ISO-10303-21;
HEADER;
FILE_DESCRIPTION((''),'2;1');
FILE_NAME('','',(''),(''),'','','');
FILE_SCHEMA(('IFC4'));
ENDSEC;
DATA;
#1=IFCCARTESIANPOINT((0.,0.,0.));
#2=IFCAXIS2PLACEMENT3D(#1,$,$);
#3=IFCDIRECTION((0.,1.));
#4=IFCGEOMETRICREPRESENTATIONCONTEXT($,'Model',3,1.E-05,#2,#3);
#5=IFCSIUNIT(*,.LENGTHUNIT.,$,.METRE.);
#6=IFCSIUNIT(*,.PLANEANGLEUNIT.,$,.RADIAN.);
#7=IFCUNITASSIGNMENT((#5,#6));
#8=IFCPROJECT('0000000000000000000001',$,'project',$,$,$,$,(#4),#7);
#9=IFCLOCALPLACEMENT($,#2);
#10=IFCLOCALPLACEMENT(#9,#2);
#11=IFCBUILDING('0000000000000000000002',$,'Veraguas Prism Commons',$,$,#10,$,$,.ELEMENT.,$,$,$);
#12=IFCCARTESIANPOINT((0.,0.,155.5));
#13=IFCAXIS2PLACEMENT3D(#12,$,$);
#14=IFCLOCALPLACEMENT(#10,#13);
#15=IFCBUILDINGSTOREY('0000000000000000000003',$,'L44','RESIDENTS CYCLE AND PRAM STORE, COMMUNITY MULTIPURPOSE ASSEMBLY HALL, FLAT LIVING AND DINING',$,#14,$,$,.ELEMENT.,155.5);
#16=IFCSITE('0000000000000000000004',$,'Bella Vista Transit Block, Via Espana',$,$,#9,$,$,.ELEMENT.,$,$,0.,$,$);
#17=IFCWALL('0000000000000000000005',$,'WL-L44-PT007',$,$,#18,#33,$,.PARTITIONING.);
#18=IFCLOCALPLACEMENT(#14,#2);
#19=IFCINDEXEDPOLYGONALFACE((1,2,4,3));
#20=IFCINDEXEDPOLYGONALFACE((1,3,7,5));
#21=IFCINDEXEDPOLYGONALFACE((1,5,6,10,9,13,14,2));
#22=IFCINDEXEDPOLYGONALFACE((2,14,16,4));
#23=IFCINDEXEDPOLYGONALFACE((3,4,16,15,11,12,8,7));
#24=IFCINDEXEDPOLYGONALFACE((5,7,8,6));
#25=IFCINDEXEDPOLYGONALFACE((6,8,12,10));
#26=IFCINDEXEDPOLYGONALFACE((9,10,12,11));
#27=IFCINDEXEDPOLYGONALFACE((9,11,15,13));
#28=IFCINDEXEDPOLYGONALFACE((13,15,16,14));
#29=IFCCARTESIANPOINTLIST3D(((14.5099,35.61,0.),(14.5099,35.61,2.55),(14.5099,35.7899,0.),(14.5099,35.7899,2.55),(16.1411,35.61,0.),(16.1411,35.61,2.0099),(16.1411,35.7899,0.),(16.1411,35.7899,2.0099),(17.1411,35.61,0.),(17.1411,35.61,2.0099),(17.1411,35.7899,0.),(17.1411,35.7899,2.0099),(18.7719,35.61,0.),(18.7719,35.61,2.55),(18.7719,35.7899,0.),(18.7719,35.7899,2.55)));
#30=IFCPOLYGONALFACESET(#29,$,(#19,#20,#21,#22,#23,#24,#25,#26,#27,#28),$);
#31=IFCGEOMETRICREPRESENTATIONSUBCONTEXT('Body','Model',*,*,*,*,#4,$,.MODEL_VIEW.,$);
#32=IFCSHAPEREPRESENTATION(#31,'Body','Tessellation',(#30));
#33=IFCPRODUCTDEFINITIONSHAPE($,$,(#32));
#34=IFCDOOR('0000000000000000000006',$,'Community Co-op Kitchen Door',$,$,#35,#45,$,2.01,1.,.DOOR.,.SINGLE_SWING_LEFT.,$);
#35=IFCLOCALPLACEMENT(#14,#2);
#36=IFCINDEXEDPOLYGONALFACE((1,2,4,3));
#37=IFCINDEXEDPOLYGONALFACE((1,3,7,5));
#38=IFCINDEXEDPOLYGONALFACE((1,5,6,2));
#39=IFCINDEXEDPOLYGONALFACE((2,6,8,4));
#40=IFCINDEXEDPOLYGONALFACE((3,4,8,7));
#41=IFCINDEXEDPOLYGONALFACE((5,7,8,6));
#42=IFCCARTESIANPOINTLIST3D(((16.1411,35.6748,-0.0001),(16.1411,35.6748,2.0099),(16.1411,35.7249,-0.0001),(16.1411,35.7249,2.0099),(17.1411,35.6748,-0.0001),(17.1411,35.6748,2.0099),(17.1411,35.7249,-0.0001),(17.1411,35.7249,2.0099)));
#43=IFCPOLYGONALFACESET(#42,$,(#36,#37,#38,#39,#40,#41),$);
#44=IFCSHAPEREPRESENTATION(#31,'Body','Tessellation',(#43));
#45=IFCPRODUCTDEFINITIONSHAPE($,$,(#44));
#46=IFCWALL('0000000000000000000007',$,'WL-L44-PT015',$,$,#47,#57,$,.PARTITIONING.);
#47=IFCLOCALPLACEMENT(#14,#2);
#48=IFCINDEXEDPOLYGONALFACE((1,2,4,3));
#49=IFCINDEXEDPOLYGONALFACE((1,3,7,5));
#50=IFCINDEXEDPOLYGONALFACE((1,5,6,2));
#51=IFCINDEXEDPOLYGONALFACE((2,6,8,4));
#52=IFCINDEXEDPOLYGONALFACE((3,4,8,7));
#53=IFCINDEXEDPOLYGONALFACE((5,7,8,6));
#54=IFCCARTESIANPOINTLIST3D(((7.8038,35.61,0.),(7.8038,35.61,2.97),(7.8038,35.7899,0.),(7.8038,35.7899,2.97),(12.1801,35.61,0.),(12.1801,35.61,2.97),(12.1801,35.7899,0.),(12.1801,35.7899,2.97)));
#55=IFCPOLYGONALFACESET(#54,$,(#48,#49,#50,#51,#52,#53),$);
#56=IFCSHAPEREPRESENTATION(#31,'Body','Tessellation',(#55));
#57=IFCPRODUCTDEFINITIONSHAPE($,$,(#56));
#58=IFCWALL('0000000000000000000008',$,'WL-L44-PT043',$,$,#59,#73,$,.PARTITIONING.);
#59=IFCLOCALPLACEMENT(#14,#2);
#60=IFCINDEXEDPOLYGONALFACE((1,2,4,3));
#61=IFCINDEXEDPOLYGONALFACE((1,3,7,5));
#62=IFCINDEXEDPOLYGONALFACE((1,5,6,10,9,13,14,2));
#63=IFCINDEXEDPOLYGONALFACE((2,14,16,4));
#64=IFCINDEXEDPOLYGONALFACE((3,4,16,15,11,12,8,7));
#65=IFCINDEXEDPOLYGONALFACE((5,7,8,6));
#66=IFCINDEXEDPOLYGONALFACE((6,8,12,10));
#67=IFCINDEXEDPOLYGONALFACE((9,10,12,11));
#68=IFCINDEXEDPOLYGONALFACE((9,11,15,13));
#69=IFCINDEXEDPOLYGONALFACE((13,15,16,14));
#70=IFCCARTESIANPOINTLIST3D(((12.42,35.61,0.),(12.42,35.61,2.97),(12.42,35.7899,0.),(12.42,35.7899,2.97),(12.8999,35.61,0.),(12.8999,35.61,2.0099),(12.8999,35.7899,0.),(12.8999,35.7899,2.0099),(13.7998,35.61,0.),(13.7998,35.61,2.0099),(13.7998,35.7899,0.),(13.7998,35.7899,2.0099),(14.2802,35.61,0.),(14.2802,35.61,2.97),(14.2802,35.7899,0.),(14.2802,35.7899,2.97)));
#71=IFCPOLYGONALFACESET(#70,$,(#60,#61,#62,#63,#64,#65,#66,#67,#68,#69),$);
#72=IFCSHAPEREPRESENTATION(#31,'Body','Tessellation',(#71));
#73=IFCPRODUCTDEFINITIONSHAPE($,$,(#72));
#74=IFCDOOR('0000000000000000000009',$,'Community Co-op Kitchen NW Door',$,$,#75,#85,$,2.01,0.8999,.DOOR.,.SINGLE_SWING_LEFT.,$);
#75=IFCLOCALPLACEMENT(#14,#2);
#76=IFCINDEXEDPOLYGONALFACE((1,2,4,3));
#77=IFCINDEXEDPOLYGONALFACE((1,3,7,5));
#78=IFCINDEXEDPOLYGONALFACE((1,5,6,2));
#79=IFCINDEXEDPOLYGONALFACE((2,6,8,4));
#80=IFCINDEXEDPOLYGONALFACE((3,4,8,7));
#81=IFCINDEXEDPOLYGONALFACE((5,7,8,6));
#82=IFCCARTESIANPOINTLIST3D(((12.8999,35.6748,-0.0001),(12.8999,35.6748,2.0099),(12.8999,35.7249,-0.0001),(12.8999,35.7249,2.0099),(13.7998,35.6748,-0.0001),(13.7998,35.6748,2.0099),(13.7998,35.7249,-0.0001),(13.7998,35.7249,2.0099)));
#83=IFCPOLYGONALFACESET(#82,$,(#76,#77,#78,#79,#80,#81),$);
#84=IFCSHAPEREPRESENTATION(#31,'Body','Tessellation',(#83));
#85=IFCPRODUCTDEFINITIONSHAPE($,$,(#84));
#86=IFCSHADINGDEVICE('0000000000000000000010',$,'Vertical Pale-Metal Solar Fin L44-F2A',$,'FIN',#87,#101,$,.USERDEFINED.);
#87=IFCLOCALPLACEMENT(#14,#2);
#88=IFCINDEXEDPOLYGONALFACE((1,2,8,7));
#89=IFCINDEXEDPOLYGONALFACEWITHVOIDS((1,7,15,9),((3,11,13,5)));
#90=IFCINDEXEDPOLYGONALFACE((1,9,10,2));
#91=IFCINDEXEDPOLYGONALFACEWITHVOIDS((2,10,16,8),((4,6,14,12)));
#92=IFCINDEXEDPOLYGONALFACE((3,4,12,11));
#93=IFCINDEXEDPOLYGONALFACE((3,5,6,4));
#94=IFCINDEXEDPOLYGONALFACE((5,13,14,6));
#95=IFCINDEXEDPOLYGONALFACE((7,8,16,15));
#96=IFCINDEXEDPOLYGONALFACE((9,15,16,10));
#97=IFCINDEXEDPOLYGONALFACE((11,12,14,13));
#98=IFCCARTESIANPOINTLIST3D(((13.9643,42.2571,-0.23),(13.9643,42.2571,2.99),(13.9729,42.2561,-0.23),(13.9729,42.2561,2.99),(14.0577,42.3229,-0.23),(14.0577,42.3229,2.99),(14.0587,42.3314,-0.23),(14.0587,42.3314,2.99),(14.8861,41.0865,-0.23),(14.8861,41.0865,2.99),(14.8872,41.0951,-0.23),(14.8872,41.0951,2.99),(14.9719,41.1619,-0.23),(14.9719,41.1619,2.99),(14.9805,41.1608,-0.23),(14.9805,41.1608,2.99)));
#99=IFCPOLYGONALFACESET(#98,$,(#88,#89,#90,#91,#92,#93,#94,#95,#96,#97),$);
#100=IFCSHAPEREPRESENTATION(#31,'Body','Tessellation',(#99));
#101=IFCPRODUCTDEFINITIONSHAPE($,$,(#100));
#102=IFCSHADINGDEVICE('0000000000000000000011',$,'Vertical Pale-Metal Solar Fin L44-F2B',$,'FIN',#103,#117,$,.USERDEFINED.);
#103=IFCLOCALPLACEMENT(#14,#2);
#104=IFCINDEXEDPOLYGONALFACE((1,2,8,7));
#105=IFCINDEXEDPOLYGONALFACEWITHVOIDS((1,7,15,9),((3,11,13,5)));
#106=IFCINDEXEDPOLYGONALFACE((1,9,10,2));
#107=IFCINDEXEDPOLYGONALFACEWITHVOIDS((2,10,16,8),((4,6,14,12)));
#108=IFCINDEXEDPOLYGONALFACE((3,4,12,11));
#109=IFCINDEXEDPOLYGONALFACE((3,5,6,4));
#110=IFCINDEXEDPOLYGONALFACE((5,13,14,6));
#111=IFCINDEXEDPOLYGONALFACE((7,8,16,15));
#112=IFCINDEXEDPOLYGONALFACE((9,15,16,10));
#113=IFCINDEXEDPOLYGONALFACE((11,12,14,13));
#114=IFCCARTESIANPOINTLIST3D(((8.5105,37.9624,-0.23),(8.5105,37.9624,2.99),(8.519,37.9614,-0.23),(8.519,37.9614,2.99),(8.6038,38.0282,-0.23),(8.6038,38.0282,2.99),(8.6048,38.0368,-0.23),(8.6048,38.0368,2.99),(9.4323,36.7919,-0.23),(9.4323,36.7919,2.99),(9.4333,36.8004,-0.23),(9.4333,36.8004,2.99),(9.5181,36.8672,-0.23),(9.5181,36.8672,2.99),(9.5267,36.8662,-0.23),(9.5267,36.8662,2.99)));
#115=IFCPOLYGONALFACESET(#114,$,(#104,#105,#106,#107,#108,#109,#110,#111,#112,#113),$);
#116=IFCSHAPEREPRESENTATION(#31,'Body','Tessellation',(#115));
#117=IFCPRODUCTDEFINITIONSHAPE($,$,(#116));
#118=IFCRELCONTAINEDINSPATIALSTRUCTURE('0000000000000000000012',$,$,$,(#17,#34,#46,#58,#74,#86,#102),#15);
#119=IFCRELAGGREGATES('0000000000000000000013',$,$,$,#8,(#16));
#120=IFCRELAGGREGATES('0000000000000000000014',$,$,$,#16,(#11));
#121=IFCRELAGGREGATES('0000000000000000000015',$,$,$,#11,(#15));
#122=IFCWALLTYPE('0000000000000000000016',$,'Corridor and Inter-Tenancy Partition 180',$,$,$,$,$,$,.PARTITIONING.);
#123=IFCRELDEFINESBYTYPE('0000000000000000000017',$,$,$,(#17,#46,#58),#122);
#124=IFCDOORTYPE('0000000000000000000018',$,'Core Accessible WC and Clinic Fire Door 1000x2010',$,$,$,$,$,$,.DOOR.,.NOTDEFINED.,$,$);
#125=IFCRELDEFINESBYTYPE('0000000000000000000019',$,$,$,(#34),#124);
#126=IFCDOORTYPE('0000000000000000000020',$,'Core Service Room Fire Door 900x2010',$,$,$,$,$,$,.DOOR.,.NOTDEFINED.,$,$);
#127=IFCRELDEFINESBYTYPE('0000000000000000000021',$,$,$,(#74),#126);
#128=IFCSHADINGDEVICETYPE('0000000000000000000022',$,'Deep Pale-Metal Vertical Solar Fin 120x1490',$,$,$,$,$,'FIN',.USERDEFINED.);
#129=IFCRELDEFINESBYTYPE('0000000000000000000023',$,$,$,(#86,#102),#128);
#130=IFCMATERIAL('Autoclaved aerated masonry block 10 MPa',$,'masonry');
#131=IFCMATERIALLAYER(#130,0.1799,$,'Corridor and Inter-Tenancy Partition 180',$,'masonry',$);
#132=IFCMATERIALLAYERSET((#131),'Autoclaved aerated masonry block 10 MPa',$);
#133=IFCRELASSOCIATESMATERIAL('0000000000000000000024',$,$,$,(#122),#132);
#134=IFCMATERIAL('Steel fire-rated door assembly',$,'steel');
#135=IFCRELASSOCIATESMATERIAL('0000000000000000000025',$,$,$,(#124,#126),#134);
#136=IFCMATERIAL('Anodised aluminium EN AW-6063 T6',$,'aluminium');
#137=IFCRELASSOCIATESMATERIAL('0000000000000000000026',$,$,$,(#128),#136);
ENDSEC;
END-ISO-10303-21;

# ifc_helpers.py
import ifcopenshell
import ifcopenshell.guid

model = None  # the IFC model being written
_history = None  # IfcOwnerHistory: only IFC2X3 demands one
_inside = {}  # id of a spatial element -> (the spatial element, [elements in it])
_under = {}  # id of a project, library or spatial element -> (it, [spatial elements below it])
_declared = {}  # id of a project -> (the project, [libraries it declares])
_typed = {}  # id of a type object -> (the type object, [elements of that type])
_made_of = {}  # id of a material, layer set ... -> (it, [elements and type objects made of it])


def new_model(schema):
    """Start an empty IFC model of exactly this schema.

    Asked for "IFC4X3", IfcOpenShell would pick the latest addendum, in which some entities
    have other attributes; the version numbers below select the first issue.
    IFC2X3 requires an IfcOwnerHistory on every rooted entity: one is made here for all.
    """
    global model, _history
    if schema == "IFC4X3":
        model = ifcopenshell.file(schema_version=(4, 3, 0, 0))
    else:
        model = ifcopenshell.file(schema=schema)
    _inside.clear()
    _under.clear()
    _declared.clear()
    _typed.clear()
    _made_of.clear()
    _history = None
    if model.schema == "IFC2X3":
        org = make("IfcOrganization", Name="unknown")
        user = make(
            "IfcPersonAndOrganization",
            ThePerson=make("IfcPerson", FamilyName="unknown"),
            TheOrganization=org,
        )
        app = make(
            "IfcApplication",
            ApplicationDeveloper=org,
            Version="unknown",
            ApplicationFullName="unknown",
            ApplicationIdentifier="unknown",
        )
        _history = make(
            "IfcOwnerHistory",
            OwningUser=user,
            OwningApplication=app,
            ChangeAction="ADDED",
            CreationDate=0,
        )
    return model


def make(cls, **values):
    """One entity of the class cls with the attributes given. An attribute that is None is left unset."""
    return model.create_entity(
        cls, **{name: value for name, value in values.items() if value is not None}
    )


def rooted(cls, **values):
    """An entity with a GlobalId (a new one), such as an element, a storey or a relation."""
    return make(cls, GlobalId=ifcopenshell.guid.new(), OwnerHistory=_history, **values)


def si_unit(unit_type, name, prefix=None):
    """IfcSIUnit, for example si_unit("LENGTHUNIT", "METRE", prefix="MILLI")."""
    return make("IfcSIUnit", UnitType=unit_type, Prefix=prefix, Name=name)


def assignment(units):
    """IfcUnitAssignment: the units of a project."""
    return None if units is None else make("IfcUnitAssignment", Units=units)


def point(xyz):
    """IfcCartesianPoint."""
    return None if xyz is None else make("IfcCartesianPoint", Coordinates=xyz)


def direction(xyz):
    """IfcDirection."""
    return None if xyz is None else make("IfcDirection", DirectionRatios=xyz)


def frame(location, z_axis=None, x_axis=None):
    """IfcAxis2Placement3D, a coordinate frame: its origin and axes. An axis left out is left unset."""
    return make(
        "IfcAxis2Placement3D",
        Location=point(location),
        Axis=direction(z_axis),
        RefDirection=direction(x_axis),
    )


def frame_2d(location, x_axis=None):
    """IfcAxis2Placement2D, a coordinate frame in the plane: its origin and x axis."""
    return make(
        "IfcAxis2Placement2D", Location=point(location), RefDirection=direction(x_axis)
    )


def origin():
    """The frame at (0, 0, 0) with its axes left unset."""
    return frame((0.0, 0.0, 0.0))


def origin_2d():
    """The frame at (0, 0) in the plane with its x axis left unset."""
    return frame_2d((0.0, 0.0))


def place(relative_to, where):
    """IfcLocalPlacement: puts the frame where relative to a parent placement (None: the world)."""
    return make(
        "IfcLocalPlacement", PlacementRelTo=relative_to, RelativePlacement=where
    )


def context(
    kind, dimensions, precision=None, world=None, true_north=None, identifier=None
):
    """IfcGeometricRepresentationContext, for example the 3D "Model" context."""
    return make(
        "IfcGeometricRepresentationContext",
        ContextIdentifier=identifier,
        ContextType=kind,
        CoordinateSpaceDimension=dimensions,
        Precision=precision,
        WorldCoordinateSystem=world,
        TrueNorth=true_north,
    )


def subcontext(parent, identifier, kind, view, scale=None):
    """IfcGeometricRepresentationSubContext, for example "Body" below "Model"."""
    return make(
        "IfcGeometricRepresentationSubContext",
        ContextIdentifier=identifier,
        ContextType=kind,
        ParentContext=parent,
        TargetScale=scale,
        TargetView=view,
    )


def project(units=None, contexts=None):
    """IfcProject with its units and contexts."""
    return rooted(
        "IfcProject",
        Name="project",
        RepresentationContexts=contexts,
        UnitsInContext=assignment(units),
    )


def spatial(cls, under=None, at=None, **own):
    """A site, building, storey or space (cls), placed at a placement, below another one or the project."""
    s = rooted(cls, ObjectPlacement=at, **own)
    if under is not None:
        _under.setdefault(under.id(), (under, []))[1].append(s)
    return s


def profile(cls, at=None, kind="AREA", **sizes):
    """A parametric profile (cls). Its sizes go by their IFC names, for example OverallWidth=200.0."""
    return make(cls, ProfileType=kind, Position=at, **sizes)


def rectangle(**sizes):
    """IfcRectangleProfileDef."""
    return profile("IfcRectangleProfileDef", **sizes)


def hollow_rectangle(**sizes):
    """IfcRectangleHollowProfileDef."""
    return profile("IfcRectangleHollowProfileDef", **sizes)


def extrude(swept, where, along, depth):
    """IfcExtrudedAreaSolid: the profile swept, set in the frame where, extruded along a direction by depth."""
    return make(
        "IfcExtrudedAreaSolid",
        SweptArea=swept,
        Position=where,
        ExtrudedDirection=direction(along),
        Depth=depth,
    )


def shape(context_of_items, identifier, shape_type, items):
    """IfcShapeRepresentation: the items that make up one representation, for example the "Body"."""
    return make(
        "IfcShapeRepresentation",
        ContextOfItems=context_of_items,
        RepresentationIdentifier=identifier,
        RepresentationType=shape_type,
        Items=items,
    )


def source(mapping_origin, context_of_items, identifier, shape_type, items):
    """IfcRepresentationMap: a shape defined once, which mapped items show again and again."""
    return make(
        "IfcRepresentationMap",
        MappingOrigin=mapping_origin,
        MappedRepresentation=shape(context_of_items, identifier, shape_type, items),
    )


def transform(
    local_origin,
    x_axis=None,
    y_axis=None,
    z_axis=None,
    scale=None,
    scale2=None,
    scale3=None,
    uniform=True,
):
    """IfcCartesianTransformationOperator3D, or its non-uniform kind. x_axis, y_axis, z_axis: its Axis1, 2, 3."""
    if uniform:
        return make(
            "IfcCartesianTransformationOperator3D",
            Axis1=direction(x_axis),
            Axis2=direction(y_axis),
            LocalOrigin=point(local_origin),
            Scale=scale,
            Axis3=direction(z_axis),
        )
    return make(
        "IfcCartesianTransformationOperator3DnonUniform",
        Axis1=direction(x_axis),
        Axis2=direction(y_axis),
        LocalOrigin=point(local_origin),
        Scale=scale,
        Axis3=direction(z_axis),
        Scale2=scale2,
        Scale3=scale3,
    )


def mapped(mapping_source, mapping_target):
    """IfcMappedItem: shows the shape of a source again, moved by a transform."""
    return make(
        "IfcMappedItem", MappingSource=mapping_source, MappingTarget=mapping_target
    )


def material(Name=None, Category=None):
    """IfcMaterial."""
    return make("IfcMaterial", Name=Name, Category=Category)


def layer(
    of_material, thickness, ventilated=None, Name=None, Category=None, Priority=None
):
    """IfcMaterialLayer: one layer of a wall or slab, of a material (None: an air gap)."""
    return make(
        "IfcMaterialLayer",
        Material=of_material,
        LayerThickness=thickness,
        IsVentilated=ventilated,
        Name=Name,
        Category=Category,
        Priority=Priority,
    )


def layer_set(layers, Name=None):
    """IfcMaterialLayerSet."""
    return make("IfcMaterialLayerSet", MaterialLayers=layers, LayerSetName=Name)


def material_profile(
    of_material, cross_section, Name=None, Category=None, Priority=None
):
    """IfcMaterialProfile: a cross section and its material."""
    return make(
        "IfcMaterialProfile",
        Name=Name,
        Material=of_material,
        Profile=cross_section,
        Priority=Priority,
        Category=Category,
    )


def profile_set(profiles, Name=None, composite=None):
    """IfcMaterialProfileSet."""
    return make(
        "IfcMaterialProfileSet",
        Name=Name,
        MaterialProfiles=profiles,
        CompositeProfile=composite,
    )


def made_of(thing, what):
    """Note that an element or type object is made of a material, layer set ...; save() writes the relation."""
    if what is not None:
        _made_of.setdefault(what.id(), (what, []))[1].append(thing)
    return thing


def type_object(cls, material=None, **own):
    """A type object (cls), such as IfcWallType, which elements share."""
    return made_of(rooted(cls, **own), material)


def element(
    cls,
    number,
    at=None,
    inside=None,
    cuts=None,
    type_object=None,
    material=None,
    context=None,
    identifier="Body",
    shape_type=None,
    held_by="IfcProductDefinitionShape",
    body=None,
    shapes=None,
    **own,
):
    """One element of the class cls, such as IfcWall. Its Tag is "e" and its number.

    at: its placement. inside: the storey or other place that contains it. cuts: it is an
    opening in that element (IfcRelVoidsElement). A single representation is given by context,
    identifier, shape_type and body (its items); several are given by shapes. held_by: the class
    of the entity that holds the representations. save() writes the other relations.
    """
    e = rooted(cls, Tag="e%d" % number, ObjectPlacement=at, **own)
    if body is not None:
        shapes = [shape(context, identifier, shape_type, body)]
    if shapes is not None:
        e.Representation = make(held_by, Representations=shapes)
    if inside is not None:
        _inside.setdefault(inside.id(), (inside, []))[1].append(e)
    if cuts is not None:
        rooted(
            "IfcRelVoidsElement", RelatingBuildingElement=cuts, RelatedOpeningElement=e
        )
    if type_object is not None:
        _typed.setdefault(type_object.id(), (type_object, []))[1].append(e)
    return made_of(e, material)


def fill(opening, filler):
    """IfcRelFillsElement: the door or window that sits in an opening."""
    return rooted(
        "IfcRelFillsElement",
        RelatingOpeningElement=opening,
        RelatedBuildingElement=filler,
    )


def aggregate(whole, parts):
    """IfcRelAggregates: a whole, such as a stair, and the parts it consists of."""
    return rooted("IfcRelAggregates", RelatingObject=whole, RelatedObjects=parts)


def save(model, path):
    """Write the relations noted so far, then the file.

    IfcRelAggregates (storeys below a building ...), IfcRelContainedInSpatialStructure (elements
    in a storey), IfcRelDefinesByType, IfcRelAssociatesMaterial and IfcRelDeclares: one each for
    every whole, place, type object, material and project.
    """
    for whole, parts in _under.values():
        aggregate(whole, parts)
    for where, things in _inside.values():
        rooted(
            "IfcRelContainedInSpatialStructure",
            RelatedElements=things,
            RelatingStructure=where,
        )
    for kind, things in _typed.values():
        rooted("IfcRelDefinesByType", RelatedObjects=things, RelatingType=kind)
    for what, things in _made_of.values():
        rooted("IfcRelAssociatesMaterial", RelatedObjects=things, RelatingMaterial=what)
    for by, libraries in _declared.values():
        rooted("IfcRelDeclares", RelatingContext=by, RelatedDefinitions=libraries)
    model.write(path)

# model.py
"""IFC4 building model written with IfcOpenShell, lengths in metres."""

from ifc_helpers import new_model, si_unit, direction, frame, frame_2d, origin, origin_2d, place, context, subcontext, project, spatial, rectangle, hollow_rectangle, extrude, source, transform, mapped, material, layer, layer_set, material_profile, profile_set, type_object, element, fill, save


model = new_model("IFC4")

# Units and contexts
model_context = context("Model", 3, precision=1e-05, world=origin(), true_north=direction((0.0, 1.0)))
body_context = subcontext(model_context, "Body", "Model", "MODEL_VIEW")
ifc_project = project(units=[si_unit("LENGTHUNIT", "METRE"), si_unit("PLANEANGLEUNIT", "RADIAN")], contexts=[model_context])

# Site, building, storey
site_placement = place(None, origin())
site = spatial("IfcSite", under=ifc_project, at=site_placement, Name="Bella Vista Transit Block, Via Espana", CompositionType="ELEMENT", RefElevation=0.0)
building_placement = place(site_placement, origin())
building = spatial("IfcBuilding", under=site, at=building_placement, Name="Veraguas Prism Commons", CompositionType="ELEMENT")
storey_placement = place(building_placement, frame((0.0, 0.0, 155.5)))
storey = spatial("IfcBuildingStorey", under=building, at=storey_placement, Name="L44", Description="RESIDENTS CYCLE AND PRAM STORE, COMMUNITY MULTIPURPOSE ASSEMBLY HALL, FLAT LIVING AND DINING", CompositionType="ELEMENT", Elevation=155.5)

# Shared definitions
ifc_material_1 = material(Name="Anodised aluminium EN AW-6063 T6", Category="aluminium")

# Shared definitions
ifc_material_2 = material(Name="Autoclaved aerated masonry block 10 MPa", Category="masonry")
ifc_layer_1 = layer(ifc_material_2, 0.1799, Name="Corridor and Inter-Tenancy Partition 180", Category="masonry")
ifc_layer_set_1 = layer_set([ifc_layer_1], Name="Autoclaved aerated masonry block 10 MPa")
wall_type = type_object("IfcWallType", Name="Corridor and Inter-Tenancy Partition 180", PredefinedType="PARTITIONING", material=ifc_layer_set_1)

# Wall, opening, door
wall_1_placement = place(storey_placement, frame((14.51, 35.7, 0.0), z_axis=(0.0, 0.0, 1.0), x_axis=(1.0, 0.0, 0.0)))
wall_1 = element("IfcWall", 1, at=wall_1_placement, inside=storey, type_object=wall_type, Name="WL-L44-PT007", PredefinedType="PARTITIONING", context=body_context, shape_type="SweptSolid", body=[
    extrude(rectangle(XDim=4.262, YDim=0.1799, at=frame_2d((2.1309, 0.0))), origin(), (0.0, 0.0, 1.0), 2.55),
])
opening_1_placement = place(wall_1_placement, frame((1.6311, 0.0, 0.0)))
opening_1 = element("IfcOpeningElement", 2, at=opening_1_placement, cuts=wall_1, PredefinedType="OPENING", context=body_context, shape_type="SweptSolid", body=[
    extrude(rectangle(XDim=1.0, YDim=2.01, at=frame_2d((0.5, 1.0049))), frame((0.0, 0.0999, 0.0), z_axis=(0.0, -1.0, 0.0), x_axis=(1.0, 0.0, 0.0)), (0.0, 0.0, 1.0), 0.2),
])
ifc_material_3 = material(Name="Steel fire-rated door assembly", Category="steel")
door_type_1 = type_object("IfcDoorType", Name="Core Accessible WC and Clinic Fire Door 1000x2010", OperationType="NOTDEFINED", PredefinedType="DOOR", material=ifc_material_3)
shared_shape_1 = source(origin(), body_context, "Body", "SweptSolid", [
    extrude(rectangle(XDim=1.0, YDim=2.01, at=frame_2d((0.5, 1.0049))), frame((0.0, 0.0249, 0.0), z_axis=(0.0, -1.0, 0.0), x_axis=(1.0, 0.0, 0.0)), (0.0, 0.0, 1.0), 0.05),
])
door_1_placement = place(opening_1_placement, origin())
door_1 = element("IfcDoor", 3, at=door_1_placement, inside=storey, type_object=door_type_1, Name="Community Co-op Kitchen Door", OperationType="SINGLE_SWING_LEFT", OverallHeight=2.01, OverallWidth=1.0, PredefinedType="DOOR", context=body_context, shape_type="MappedRepresentation", body=[
    mapped(shared_shape_1, transform((0.0, 0.0, 0.0), scale=1.0)),
])
fill(opening_1, door_1)

# Wall
wall_2_placement = place(storey_placement, frame((12.1799, 35.7, 0.0), z_axis=(0.0, 0.0, 1.0), x_axis=(-1.0, 0.0, 0.0)))
element("IfcWall", 4, at=wall_2_placement, inside=storey, type_object=wall_type, Name="WL-L44-PT015", PredefinedType="PARTITIONING", context=body_context, shape_type="SweptSolid", body=[
    extrude(rectangle(XDim=4.3762, YDim=0.1799, at=frame_2d((2.188, 0.0))), origin(), (0.0, 0.0, 1.0), 2.97),
])

# Wall, opening, door
wall_3_placement = place(storey_placement, frame((12.4199, 35.7, 0.0), z_axis=(0.0, 0.0, 1.0), x_axis=(1.0, 0.0, 0.0)))
wall_3 = element("IfcWall", 5, at=wall_3_placement, inside=storey, type_object=wall_type, Name="WL-L44-PT043", PredefinedType="PARTITIONING", context=body_context, shape_type="SweptSolid", body=[
    extrude(rectangle(XDim=1.8601, YDim=0.1799, at=frame_2d((0.9302, 0.0))), origin(), (0.0, 0.0, 1.0), 2.97),
])
opening_2_placement = place(wall_3_placement, frame((0.48, 0.0, 0.0)))
opening_2 = element("IfcOpeningElement", 6, at=opening_2_placement, cuts=wall_3, PredefinedType="OPENING", context=body_context, shape_type="SweptSolid", body=[
    extrude(rectangle(XDim=0.8999, YDim=2.01, at=frame_2d((0.45, 1.0049))), frame((0.0, 0.0999, 0.0), z_axis=(0.0, -1.0, 0.0), x_axis=(1.0, 0.0, 0.0)), (0.0, 0.0, 1.0), 0.2),
])
door_type_2 = type_object("IfcDoorType", Name="Core Service Room Fire Door 900x2010", OperationType="NOTDEFINED", PredefinedType="DOOR", material=ifc_material_3)
shared_shape_2 = source(origin(), body_context, "Body", "SweptSolid", [
    extrude(rectangle(XDim=0.8999, YDim=2.01, at=frame_2d((0.45, 1.0049))), frame((0.0, 0.0249, 0.0), z_axis=(0.0, -1.0, 0.0), x_axis=(1.0, 0.0, 0.0)), (0.0, 0.0, 1.0), 0.05),
])
door_2_placement = place(opening_2_placement, origin())
door_2 = element("IfcDoor", 7, at=door_2_placement, inside=storey, type_object=door_type_2, Name="Community Co-op Kitchen NW Door", OperationType="SINGLE_SWING_LEFT", OverallHeight=2.01, OverallWidth=0.8999, PredefinedType="DOOR", context=body_context, shape_type="MappedRepresentation", body=[
    mapped(shared_shape_2, transform((0.0, 0.0, 0.0), scale=1.0)),
])
fill(opening_2, door_2)

# Shading devices
ifc_material_profile_1 = material_profile(ifc_material_1, hollow_rectangle(XDim=0.1201, YDim=1.49, WallThickness=0.0061, at=origin_2d()), Name="FIN120X1490X6")
ifc_profile_set_1 = profile_set([ifc_material_profile_1], Name="Anodised aluminium EN AW-6063 T6")
shading_device_type = type_object("IfcShadingDeviceType", Name="Deep Pale-Metal Vertical Solar Fin 120x1490", ElementType="FIN", PredefinedType="USERDEFINED", material=ifc_profile_set_1)
for number, where, z_axis, x_axis, name in (
    (8, (14.4724, 41.709, -0.23), (0.0, 0.0, 1.0), (-0.78564, -0.618684, 0.0), "Vertical Pale-Metal Solar Fin L44-F2A"),
    (9, (9.0186, 37.4143, -0.23), (0.0, 0.0, 1.0), (-0.78564, -0.618684, 0.0), "Vertical Pale-Metal Solar Fin L44-F2B"),
):
    element("IfcShadingDevice", number, at=place(storey_placement, frame(where, z_axis=z_axis, x_axis=x_axis)), inside=storey, type_object=shading_device_type, Name=name, ObjectType="FIN", PredefinedType="USERDEFINED", context=body_context, shape_type="SweptSolid", body=[
        extrude(hollow_rectangle(XDim=0.1201, YDim=1.49, WallThickness=0.0061, at=origin_2d()), origin(), (0.0, 0.0, 1.0), 3.22),
    ])

save(model, "model.ifc")
